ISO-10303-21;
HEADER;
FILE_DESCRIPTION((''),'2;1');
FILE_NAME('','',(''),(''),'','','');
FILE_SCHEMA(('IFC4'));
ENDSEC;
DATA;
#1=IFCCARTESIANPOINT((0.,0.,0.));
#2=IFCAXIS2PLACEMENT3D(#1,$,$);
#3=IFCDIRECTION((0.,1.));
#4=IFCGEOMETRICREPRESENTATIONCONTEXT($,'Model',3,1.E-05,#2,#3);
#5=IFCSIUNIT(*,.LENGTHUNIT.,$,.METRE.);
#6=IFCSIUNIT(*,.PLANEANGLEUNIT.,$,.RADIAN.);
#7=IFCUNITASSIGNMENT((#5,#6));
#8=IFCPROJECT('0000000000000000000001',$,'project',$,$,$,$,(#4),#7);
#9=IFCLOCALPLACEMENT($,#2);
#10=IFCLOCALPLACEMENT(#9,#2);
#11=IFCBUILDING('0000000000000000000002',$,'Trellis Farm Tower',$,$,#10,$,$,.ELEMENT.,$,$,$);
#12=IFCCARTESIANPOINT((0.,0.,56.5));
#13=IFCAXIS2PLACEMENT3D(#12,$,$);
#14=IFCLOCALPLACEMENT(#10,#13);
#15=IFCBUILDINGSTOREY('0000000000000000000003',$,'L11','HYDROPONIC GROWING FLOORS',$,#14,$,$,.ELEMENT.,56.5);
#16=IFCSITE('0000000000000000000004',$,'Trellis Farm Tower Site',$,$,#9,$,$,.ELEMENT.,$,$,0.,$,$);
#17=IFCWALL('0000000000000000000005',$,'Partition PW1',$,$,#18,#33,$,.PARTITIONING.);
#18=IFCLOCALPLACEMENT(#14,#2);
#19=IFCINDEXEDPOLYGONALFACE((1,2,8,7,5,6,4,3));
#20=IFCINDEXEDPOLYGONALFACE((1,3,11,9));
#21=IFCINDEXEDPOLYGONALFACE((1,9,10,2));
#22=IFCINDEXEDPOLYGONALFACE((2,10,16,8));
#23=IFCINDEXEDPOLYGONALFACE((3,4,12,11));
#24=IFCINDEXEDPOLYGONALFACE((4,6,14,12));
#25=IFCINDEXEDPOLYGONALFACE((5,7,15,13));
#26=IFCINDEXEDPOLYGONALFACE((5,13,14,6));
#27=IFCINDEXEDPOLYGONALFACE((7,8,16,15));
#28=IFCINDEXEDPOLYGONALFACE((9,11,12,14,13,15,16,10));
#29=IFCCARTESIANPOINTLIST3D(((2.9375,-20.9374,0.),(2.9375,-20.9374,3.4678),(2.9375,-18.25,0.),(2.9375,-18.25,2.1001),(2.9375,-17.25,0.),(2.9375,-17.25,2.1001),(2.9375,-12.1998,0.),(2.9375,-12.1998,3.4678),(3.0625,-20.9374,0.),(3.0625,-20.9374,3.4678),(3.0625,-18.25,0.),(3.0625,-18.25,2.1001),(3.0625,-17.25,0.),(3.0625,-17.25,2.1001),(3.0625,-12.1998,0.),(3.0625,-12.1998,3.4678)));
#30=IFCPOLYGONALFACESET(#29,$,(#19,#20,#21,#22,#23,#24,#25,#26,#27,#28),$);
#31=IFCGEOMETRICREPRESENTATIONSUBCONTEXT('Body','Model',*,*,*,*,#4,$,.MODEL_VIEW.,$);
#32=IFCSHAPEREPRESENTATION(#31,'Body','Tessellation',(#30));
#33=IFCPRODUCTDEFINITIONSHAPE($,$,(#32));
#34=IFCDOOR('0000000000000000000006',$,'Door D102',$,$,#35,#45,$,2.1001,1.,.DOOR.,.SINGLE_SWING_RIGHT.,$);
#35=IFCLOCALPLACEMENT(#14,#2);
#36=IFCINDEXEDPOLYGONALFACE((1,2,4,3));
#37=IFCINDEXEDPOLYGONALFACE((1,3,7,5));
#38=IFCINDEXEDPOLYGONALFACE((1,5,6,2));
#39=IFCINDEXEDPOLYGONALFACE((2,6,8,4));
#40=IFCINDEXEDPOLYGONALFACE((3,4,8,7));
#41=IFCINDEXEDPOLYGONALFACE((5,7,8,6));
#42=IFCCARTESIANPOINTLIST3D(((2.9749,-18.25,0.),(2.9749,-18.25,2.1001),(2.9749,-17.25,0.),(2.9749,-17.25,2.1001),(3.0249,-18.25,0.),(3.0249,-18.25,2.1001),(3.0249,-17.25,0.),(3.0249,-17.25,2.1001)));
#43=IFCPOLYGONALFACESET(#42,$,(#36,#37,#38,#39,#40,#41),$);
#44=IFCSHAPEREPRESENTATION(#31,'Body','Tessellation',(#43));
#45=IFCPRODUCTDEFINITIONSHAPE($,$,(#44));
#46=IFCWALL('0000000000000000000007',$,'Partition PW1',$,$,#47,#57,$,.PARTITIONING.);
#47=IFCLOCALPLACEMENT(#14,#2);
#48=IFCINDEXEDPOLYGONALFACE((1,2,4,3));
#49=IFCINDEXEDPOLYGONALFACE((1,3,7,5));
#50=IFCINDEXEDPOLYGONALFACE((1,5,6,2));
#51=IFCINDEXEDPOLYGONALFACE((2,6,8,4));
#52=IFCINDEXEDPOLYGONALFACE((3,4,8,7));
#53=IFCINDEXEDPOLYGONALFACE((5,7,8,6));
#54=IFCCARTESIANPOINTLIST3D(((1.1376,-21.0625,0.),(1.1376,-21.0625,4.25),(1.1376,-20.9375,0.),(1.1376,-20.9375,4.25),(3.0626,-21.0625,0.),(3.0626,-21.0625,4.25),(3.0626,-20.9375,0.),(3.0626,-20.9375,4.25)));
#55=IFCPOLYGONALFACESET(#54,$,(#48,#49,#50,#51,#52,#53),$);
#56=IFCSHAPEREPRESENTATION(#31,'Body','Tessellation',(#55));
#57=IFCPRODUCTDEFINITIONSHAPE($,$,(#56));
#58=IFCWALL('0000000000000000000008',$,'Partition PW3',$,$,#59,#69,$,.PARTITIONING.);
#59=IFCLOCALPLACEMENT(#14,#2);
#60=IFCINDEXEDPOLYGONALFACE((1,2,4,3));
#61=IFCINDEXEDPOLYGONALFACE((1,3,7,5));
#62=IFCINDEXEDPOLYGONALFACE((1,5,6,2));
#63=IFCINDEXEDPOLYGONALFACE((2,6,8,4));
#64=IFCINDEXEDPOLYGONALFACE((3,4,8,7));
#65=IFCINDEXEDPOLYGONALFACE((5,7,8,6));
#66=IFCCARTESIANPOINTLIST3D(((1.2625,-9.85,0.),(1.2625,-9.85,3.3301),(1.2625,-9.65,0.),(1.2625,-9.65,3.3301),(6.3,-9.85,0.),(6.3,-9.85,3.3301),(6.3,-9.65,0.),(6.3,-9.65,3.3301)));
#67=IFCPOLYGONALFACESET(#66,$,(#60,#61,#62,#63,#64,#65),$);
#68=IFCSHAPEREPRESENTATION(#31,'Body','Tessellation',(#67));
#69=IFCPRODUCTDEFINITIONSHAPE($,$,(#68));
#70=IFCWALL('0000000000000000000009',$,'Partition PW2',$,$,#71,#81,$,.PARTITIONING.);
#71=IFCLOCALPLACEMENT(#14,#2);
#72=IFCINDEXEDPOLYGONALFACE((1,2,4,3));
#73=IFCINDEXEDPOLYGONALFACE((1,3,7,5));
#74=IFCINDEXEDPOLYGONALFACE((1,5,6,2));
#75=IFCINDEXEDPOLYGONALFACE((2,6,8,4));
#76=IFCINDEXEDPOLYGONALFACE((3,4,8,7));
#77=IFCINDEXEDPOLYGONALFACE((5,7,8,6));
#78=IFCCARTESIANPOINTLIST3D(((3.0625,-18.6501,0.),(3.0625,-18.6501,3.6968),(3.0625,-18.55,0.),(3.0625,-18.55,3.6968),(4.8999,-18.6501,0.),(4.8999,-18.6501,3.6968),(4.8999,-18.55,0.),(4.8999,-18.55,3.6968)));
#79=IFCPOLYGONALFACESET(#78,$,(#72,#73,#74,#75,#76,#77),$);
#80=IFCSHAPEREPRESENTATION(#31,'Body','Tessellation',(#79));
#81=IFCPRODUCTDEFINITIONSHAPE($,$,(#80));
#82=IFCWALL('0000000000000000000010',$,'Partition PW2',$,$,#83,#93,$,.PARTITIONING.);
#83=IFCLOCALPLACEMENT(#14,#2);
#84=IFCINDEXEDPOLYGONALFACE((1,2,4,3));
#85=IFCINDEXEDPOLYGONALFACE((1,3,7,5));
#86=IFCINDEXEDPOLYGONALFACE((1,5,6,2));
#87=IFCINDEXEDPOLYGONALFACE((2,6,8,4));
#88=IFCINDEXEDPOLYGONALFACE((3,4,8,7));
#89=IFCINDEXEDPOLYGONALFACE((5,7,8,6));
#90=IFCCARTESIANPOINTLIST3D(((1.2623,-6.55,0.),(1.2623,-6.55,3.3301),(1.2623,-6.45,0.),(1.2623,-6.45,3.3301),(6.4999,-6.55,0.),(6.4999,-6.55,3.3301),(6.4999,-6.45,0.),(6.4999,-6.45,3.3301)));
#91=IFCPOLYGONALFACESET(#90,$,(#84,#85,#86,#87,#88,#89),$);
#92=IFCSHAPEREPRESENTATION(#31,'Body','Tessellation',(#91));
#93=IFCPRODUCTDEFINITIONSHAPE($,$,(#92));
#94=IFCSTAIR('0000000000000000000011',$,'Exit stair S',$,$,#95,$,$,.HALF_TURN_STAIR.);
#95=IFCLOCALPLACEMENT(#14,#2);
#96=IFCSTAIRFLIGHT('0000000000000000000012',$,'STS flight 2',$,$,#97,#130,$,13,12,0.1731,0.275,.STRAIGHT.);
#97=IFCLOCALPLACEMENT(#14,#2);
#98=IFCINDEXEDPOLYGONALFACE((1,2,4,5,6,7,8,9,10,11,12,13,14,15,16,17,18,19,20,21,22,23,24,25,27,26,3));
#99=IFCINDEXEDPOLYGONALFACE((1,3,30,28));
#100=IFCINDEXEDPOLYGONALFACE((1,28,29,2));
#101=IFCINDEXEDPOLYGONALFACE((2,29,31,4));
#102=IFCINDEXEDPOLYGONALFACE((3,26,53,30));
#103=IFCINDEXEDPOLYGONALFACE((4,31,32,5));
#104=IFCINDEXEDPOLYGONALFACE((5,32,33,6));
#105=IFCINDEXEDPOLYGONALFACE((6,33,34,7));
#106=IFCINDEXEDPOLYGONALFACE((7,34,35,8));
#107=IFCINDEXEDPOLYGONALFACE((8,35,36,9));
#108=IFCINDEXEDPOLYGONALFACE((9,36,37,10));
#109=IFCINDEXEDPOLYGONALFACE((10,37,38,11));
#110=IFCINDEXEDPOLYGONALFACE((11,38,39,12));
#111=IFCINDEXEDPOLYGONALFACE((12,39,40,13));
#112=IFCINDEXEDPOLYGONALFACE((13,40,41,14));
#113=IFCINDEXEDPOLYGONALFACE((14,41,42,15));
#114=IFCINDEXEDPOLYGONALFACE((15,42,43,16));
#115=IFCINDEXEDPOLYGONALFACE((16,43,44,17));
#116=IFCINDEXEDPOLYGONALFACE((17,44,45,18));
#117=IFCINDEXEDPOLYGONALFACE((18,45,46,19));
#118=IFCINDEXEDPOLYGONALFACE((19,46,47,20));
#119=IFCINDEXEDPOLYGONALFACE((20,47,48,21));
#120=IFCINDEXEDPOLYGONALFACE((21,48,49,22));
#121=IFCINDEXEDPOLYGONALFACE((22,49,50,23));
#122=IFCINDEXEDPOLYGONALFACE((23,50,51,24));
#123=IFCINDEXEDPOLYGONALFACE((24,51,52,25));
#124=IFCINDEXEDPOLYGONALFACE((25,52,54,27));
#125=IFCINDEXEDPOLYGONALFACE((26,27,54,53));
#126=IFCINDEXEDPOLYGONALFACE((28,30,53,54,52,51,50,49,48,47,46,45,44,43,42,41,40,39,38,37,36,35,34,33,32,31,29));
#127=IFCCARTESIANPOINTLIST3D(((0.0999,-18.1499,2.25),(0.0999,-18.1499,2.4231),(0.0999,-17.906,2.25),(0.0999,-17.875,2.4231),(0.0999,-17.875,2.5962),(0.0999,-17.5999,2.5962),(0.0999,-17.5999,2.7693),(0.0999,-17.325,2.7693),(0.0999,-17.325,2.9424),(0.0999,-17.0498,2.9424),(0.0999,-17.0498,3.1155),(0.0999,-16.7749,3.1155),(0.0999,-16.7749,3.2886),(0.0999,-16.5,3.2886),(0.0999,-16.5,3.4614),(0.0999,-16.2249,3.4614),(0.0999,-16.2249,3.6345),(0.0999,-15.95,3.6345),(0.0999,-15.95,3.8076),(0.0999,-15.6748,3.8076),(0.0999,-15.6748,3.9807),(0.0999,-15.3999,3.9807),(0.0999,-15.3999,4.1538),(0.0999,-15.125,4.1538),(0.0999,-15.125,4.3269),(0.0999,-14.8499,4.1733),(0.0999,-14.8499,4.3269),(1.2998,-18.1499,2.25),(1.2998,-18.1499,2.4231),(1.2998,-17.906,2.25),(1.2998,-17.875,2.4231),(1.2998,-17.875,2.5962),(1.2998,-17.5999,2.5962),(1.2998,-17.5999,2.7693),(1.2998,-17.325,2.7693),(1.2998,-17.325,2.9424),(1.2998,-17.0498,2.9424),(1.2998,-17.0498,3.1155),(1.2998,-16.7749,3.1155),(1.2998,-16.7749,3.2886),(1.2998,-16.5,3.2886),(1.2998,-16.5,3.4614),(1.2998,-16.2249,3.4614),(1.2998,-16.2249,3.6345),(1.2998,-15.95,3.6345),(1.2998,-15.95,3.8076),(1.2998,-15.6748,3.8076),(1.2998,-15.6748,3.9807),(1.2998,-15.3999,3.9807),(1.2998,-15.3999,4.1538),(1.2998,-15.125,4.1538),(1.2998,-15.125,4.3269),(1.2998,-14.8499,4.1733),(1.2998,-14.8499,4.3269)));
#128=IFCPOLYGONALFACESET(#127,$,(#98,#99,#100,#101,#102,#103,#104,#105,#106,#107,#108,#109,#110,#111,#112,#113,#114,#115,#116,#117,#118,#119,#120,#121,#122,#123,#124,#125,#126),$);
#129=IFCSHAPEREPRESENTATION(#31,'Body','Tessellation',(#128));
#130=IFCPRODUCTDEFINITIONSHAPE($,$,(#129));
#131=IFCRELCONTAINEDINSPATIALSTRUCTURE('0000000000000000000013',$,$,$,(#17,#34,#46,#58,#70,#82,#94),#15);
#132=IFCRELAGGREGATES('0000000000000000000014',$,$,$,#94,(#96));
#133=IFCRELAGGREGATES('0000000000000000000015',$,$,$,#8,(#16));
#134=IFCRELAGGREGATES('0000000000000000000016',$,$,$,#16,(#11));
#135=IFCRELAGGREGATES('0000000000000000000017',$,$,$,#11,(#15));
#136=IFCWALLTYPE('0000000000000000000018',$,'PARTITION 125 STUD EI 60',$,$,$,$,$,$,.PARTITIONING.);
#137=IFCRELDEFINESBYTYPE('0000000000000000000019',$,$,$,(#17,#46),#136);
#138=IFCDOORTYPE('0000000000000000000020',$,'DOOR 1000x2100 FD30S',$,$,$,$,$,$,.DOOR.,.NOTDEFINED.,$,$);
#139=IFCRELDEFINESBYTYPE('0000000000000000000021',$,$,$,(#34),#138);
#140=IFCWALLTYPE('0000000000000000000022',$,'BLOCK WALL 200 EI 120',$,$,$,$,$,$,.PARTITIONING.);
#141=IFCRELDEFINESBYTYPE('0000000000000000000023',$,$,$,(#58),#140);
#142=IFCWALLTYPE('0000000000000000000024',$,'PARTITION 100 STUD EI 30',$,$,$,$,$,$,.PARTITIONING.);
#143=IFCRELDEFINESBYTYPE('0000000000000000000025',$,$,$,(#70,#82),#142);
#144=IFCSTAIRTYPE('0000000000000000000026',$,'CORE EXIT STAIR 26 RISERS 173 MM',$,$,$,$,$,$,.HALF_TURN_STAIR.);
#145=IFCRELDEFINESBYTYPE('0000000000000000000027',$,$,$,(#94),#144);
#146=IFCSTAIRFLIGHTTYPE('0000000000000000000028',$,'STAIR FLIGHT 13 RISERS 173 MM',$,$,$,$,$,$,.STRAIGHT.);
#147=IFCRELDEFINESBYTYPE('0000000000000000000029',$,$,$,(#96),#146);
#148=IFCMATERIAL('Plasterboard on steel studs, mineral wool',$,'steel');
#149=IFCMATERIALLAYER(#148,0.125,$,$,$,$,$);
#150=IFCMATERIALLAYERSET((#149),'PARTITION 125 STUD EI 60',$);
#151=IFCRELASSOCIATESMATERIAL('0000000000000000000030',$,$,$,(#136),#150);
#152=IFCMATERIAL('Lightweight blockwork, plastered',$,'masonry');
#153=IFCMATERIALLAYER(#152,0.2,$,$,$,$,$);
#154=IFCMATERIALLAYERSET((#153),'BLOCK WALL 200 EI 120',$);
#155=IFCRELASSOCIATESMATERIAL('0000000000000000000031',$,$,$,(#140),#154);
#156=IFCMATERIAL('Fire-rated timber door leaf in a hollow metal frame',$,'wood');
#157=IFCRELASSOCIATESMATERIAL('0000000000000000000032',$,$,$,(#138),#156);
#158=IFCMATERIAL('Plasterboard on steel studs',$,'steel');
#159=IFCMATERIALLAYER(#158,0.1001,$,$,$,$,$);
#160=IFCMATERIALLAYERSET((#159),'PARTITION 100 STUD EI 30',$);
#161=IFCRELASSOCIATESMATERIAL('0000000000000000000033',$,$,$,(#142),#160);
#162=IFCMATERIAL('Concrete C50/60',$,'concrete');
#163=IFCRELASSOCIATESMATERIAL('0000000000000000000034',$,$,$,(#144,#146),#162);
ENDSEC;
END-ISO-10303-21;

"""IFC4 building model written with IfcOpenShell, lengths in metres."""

from ifc_helpers import new_model, si_unit, direction, frame, frame_2d, origin, place, context, subcontext, project, spatial, polyline, rectangle, outline, extrude, source, transform, mapped, material, layer, layer_set, type_object, element, fill, aggregate, save


model = new_model("IFC4")

# Units and contexts
model_context = context("Model", 3, precision=1e-05, world=origin(), true_north=direction((0.0, 1.0)))
body_context = subcontext(model_context, "Body", "Model", "MODEL_VIEW")
ifc_project = project(units=[si_unit("LENGTHUNIT", "METRE"), si_unit("PLANEANGLEUNIT", "RADIAN")], contexts=[model_context])

# Site, building, storey
site_placement = place(None, origin())
site = spatial("IfcSite", under=ifc_project, at=site_placement, Name="Trellis Farm Tower Site", CompositionType="ELEMENT", RefElevation=0.0)
building_placement = place(site_placement, origin())
building = spatial("IfcBuilding", under=site, at=building_placement, Name="Trellis Farm Tower", CompositionType="ELEMENT")
storey_placement = place(building_placement, frame((0.0, 0.0, 56.5)))
storey = spatial("IfcBuildingStorey", under=building, at=storey_placement, Name="L11", Description="HYDROPONIC GROWING FLOORS", CompositionType="ELEMENT", Elevation=56.5)

# Shared definitions
placement = place(storey_placement, origin())

# Shared definitions
ifc_material_1 = material(Name="Plasterboard on steel studs, mineral wool", Category="steel")
ifc_layer_1 = layer(ifc_material_1, 0.125)
ifc_layer_set_1 = layer_set([ifc_layer_1], Name="PARTITION 125 STUD EI 60")
wall_type_1 = type_object("IfcWallType", Name="PARTITION 125 STUD EI 60", PredefinedType="PARTITIONING", material=ifc_layer_set_1)
ifc_material_2 = material(Name="Lightweight blockwork, plastered", Category="masonry")
ifc_layer_2 = layer(ifc_material_2, 0.2)
ifc_layer_set_2 = layer_set([ifc_layer_2], Name="BLOCK WALL 200 EI 120")
wall_type_2 = type_object("IfcWallType", Name="BLOCK WALL 200 EI 120", PredefinedType="PARTITIONING", material=ifc_layer_set_2)

# Shared definitions
shared_shape_1 = source(origin(), body_context, "Body", "SweptSolid", [
    extrude(rectangle(XDim=1.0, YDim=2.1001, at=frame_2d((0.5, 1.05))), frame((0.0, 0.0725, 0.0), z_axis=(0.0, -1.0, 0.0), x_axis=(1.0, 0.0, 0.0)), (0.0, 0.0, 1.0), 0.145),
])
ifc_material_3 = material(Name="Fire-rated timber door leaf in a hollow metal frame", Category="wood")
door_type_1 = type_object("IfcDoorType", Name="DOOR 1000x2100 FD30S", OperationType="NOTDEFINED", PredefinedType="DOOR", material=ifc_material_3)
shared_shape_2 = source(origin(), body_context, "Body", "SweptSolid", [
    extrude(rectangle(XDim=1.0, YDim=2.1001, at=frame_2d((0.5, 1.05))), frame((0.0, 0.0249, 0.0), z_axis=(0.0, -1.0, 0.0), x_axis=(1.0, 0.0, 0.0)), (0.0, 0.0, 1.0), 0.05),
])

# Wall, opening, door
shared_shape_3 = source(origin(), body_context, "Body", "SweptSolid", [
    extrude(rectangle(XDim=8.7375, YDim=0.125, at=frame_2d((4.3687, 0.0))), origin(), (0.0, 0.0, 1.0), 3.4678),
])
wall_1_placement = place(storey_placement, frame((3.0, -12.2, 0.0), z_axis=(0.0, 0.0, 1.0), x_axis=(0.0, -1.0, 0.0)))
wall_1 = element("IfcWall", 1, at=wall_1_placement, inside=storey, type_object=wall_type_1, Name="Partition PW1", PredefinedType="PARTITIONING", context=body_context, shape_type="MappedRepresentation", body=[
    mapped(shared_shape_3, transform((0.0, 0.0, 0.0))),
])
opening_1_placement = place(wall_1_placement, frame((5.05, 0.0, 0.0)))
opening_1 = element("IfcOpeningElement", 2, at=opening_1_placement, cuts=wall_1, PredefinedType="OPENING", context=body_context, shape_type="MappedRepresentation", body=[
    mapped(shared_shape_1, transform((0.0, 0.0, 0.0))),
])
door_1_placement = place(opening_1_placement, origin())
door_1 = element("IfcDoor", 3, at=door_1_placement, inside=storey, type_object=door_type_1, Name="Door D102", OperationType="SINGLE_SWING_RIGHT", OverallHeight=2.1001, OverallWidth=1.0, PredefinedType="DOOR", context=body_context, shape_type="MappedRepresentation", body=[
    mapped(shared_shape_2, transform((0.0, 0.0, 0.0))),
])
fill(opening_1, door_1)

# Walls
shared_shape_4 = source(origin(), body_context, "Body", "SweptSolid", [
    extrude(rectangle(XDim=1.925, YDim=0.125, at=frame_2d((0.9624, 0.0))), origin(), (0.0, 0.0, 1.0), 4.25),
])
wall_2_placement = place(storey_placement, frame((3.0625, -21.0, 0.0), z_axis=(0.0, 0.0, 1.0), x_axis=(-1.0, 0.0, 0.0)))
element("IfcWall", 4, at=wall_2_placement, inside=storey, type_object=wall_type_1, Name="Partition PW1", PredefinedType="PARTITIONING", context=body_context, shape_type="MappedRepresentation", body=[
    mapped(shared_shape_4, transform((0.0, 0.0, 0.0))),
])
shared_shape_5 = source(origin(), body_context, "Body", "SweptSolid", [
    extrude(rectangle(XDim=5.0376, YDim=0.2, at=frame_2d((2.5188, 0.0))), origin(), (0.0, 0.0, 1.0), 3.3301),
])
wall_3_placement = place(storey_placement, frame((1.2625, -9.75, 0.0), z_axis=(0.0, 0.0, 1.0), x_axis=(1.0, 0.0, 0.0)))
element("IfcWall", 5, at=wall_3_placement, inside=storey, type_object=wall_type_2, Name="Partition PW3", PredefinedType="PARTITIONING", context=body_context, shape_type="MappedRepresentation", body=[
    mapped(shared_shape_5, transform((0.0, 0.0, 0.0))),
])
ifc_material_4 = material(Name="Plasterboard on steel studs", Category="steel")
ifc_layer_3 = layer(ifc_material_4, 0.1001)
ifc_layer_set_3 = layer_set([ifc_layer_3], Name="PARTITION 100 STUD EI 30")
wall_type_3 = type_object("IfcWallType", Name="PARTITION 100 STUD EI 30", PredefinedType="PARTITIONING", material=ifc_layer_set_3)
shared_shape_6 = source(origin(), body_context, "Body", "SweptSolid", [
    extrude(rectangle(XDim=1.8374, YDim=0.1001, at=frame_2d((0.9187, 0.0))), origin(), (0.0, 0.0, 1.0), 3.6968),
])
wall_4_placement = place(storey_placement, frame((3.0625, -18.6001, 0.0), z_axis=(0.0, 0.0, 1.0), x_axis=(1.0, 0.0, 0.0)))
element("IfcWall", 6, at=wall_4_placement, inside=storey, type_object=wall_type_3, Name="Partition PW2", PredefinedType="PARTITIONING", context=body_context, shape_type="MappedRepresentation", body=[
    mapped(shared_shape_6, transform((0.0, 0.0, 0.0))),
])
shared_shape_7 = source(origin(), body_context, "Body", "SweptSolid", [
    extrude(rectangle(XDim=5.2375, YDim=0.1001, at=frame_2d((2.6187, 0.0))), origin(), (0.0, 0.0, 1.0), 3.3301),
])
wall_5_placement = place(storey_placement, frame((1.2625, -6.5, 0.0), z_axis=(0.0, 0.0, 1.0), x_axis=(1.0, 0.0, 0.0)))
element("IfcWall", 7, at=wall_5_placement, inside=storey, type_object=wall_type_3, Name="Partition PW2", PredefinedType="PARTITIONING", context=body_context, shape_type="MappedRepresentation", body=[
    mapped(shared_shape_7, transform((0.0, 0.0, 0.0))),
])

# Stair, stair flight
ifc_material_5 = material(Name="Concrete C50/60", Category="concrete")
stair_type = type_object("IfcStairType", Name="CORE EXIT STAIR 26 RISERS 173 MM", PredefinedType="HALF_TURN_STAIR", material=ifc_material_5)
stair = element("IfcStair", 8, at=placement, inside=storey, type_object=stair_type, Name="Exit stair S", PredefinedType="HALF_TURN_STAIR")
stair_flight_type = type_object("IfcStairFlightType", Name="STAIR FLIGHT 13 RISERS 173 MM", PredefinedType="STRAIGHT", material=ifc_material_5)
shared_shape_8 = source(origin(), body_context, "Body", "SweptSolid", [
    extrude(outline(polyline([(0.0, 0.0), (0.0, 0.1731), (0.2749, 0.1731), (0.2749, 0.3462), (0.55, 0.3462), (0.55, 0.5193), (0.825, 0.5193), (0.825, 0.6924), (1.1001, 0.6924), (1.1001, 0.8655), (1.375, 0.8655), (1.375, 1.0386), (1.6499, 1.0386), (1.6499, 1.2114), (1.925, 1.2114), (1.925, 1.3845), (2.2, 1.3845), (2.2, 1.5576), (2.4751, 1.5576), (2.4751, 1.7307), (2.75, 1.7307), (2.75, 1.9038), (3.0249, 1.9038), (3.0249, 2.0769), (3.3, 2.0769), (3.3, 2.25), (3.3, 1.9233), (0.2439, 0.0), (0.0, 0.0)])), frame((0.0, 0.6001, 0.0), z_axis=(0.0, -1.0, 0.0), x_axis=(1.0, 0.0, 0.0)), (0.0, 0.0, 1.0), 1.2),
])
stair_flight_placement = place(storey_placement, frame((0.7, -18.1499, 2.25), z_axis=(0.0, 0.0, 1.0), x_axis=(0.0, 1.0, 0.0)))
stair_flight = element("IfcStairFlight", 9, at=stair_flight_placement, type_object=stair_flight_type, Name="STS flight 2", NumberOfRisers=13, NumberOfTreads=12, PredefinedType="STRAIGHT", RiserHeight=0.1731, TreadLength=0.275, context=body_context, shape_type="MappedRepresentation", body=[
    mapped(shared_shape_8, transform((0.0, 0.0, 0.0))),
])
aggregate(stair, [stair_flight])

save(model, "model.ifc")
